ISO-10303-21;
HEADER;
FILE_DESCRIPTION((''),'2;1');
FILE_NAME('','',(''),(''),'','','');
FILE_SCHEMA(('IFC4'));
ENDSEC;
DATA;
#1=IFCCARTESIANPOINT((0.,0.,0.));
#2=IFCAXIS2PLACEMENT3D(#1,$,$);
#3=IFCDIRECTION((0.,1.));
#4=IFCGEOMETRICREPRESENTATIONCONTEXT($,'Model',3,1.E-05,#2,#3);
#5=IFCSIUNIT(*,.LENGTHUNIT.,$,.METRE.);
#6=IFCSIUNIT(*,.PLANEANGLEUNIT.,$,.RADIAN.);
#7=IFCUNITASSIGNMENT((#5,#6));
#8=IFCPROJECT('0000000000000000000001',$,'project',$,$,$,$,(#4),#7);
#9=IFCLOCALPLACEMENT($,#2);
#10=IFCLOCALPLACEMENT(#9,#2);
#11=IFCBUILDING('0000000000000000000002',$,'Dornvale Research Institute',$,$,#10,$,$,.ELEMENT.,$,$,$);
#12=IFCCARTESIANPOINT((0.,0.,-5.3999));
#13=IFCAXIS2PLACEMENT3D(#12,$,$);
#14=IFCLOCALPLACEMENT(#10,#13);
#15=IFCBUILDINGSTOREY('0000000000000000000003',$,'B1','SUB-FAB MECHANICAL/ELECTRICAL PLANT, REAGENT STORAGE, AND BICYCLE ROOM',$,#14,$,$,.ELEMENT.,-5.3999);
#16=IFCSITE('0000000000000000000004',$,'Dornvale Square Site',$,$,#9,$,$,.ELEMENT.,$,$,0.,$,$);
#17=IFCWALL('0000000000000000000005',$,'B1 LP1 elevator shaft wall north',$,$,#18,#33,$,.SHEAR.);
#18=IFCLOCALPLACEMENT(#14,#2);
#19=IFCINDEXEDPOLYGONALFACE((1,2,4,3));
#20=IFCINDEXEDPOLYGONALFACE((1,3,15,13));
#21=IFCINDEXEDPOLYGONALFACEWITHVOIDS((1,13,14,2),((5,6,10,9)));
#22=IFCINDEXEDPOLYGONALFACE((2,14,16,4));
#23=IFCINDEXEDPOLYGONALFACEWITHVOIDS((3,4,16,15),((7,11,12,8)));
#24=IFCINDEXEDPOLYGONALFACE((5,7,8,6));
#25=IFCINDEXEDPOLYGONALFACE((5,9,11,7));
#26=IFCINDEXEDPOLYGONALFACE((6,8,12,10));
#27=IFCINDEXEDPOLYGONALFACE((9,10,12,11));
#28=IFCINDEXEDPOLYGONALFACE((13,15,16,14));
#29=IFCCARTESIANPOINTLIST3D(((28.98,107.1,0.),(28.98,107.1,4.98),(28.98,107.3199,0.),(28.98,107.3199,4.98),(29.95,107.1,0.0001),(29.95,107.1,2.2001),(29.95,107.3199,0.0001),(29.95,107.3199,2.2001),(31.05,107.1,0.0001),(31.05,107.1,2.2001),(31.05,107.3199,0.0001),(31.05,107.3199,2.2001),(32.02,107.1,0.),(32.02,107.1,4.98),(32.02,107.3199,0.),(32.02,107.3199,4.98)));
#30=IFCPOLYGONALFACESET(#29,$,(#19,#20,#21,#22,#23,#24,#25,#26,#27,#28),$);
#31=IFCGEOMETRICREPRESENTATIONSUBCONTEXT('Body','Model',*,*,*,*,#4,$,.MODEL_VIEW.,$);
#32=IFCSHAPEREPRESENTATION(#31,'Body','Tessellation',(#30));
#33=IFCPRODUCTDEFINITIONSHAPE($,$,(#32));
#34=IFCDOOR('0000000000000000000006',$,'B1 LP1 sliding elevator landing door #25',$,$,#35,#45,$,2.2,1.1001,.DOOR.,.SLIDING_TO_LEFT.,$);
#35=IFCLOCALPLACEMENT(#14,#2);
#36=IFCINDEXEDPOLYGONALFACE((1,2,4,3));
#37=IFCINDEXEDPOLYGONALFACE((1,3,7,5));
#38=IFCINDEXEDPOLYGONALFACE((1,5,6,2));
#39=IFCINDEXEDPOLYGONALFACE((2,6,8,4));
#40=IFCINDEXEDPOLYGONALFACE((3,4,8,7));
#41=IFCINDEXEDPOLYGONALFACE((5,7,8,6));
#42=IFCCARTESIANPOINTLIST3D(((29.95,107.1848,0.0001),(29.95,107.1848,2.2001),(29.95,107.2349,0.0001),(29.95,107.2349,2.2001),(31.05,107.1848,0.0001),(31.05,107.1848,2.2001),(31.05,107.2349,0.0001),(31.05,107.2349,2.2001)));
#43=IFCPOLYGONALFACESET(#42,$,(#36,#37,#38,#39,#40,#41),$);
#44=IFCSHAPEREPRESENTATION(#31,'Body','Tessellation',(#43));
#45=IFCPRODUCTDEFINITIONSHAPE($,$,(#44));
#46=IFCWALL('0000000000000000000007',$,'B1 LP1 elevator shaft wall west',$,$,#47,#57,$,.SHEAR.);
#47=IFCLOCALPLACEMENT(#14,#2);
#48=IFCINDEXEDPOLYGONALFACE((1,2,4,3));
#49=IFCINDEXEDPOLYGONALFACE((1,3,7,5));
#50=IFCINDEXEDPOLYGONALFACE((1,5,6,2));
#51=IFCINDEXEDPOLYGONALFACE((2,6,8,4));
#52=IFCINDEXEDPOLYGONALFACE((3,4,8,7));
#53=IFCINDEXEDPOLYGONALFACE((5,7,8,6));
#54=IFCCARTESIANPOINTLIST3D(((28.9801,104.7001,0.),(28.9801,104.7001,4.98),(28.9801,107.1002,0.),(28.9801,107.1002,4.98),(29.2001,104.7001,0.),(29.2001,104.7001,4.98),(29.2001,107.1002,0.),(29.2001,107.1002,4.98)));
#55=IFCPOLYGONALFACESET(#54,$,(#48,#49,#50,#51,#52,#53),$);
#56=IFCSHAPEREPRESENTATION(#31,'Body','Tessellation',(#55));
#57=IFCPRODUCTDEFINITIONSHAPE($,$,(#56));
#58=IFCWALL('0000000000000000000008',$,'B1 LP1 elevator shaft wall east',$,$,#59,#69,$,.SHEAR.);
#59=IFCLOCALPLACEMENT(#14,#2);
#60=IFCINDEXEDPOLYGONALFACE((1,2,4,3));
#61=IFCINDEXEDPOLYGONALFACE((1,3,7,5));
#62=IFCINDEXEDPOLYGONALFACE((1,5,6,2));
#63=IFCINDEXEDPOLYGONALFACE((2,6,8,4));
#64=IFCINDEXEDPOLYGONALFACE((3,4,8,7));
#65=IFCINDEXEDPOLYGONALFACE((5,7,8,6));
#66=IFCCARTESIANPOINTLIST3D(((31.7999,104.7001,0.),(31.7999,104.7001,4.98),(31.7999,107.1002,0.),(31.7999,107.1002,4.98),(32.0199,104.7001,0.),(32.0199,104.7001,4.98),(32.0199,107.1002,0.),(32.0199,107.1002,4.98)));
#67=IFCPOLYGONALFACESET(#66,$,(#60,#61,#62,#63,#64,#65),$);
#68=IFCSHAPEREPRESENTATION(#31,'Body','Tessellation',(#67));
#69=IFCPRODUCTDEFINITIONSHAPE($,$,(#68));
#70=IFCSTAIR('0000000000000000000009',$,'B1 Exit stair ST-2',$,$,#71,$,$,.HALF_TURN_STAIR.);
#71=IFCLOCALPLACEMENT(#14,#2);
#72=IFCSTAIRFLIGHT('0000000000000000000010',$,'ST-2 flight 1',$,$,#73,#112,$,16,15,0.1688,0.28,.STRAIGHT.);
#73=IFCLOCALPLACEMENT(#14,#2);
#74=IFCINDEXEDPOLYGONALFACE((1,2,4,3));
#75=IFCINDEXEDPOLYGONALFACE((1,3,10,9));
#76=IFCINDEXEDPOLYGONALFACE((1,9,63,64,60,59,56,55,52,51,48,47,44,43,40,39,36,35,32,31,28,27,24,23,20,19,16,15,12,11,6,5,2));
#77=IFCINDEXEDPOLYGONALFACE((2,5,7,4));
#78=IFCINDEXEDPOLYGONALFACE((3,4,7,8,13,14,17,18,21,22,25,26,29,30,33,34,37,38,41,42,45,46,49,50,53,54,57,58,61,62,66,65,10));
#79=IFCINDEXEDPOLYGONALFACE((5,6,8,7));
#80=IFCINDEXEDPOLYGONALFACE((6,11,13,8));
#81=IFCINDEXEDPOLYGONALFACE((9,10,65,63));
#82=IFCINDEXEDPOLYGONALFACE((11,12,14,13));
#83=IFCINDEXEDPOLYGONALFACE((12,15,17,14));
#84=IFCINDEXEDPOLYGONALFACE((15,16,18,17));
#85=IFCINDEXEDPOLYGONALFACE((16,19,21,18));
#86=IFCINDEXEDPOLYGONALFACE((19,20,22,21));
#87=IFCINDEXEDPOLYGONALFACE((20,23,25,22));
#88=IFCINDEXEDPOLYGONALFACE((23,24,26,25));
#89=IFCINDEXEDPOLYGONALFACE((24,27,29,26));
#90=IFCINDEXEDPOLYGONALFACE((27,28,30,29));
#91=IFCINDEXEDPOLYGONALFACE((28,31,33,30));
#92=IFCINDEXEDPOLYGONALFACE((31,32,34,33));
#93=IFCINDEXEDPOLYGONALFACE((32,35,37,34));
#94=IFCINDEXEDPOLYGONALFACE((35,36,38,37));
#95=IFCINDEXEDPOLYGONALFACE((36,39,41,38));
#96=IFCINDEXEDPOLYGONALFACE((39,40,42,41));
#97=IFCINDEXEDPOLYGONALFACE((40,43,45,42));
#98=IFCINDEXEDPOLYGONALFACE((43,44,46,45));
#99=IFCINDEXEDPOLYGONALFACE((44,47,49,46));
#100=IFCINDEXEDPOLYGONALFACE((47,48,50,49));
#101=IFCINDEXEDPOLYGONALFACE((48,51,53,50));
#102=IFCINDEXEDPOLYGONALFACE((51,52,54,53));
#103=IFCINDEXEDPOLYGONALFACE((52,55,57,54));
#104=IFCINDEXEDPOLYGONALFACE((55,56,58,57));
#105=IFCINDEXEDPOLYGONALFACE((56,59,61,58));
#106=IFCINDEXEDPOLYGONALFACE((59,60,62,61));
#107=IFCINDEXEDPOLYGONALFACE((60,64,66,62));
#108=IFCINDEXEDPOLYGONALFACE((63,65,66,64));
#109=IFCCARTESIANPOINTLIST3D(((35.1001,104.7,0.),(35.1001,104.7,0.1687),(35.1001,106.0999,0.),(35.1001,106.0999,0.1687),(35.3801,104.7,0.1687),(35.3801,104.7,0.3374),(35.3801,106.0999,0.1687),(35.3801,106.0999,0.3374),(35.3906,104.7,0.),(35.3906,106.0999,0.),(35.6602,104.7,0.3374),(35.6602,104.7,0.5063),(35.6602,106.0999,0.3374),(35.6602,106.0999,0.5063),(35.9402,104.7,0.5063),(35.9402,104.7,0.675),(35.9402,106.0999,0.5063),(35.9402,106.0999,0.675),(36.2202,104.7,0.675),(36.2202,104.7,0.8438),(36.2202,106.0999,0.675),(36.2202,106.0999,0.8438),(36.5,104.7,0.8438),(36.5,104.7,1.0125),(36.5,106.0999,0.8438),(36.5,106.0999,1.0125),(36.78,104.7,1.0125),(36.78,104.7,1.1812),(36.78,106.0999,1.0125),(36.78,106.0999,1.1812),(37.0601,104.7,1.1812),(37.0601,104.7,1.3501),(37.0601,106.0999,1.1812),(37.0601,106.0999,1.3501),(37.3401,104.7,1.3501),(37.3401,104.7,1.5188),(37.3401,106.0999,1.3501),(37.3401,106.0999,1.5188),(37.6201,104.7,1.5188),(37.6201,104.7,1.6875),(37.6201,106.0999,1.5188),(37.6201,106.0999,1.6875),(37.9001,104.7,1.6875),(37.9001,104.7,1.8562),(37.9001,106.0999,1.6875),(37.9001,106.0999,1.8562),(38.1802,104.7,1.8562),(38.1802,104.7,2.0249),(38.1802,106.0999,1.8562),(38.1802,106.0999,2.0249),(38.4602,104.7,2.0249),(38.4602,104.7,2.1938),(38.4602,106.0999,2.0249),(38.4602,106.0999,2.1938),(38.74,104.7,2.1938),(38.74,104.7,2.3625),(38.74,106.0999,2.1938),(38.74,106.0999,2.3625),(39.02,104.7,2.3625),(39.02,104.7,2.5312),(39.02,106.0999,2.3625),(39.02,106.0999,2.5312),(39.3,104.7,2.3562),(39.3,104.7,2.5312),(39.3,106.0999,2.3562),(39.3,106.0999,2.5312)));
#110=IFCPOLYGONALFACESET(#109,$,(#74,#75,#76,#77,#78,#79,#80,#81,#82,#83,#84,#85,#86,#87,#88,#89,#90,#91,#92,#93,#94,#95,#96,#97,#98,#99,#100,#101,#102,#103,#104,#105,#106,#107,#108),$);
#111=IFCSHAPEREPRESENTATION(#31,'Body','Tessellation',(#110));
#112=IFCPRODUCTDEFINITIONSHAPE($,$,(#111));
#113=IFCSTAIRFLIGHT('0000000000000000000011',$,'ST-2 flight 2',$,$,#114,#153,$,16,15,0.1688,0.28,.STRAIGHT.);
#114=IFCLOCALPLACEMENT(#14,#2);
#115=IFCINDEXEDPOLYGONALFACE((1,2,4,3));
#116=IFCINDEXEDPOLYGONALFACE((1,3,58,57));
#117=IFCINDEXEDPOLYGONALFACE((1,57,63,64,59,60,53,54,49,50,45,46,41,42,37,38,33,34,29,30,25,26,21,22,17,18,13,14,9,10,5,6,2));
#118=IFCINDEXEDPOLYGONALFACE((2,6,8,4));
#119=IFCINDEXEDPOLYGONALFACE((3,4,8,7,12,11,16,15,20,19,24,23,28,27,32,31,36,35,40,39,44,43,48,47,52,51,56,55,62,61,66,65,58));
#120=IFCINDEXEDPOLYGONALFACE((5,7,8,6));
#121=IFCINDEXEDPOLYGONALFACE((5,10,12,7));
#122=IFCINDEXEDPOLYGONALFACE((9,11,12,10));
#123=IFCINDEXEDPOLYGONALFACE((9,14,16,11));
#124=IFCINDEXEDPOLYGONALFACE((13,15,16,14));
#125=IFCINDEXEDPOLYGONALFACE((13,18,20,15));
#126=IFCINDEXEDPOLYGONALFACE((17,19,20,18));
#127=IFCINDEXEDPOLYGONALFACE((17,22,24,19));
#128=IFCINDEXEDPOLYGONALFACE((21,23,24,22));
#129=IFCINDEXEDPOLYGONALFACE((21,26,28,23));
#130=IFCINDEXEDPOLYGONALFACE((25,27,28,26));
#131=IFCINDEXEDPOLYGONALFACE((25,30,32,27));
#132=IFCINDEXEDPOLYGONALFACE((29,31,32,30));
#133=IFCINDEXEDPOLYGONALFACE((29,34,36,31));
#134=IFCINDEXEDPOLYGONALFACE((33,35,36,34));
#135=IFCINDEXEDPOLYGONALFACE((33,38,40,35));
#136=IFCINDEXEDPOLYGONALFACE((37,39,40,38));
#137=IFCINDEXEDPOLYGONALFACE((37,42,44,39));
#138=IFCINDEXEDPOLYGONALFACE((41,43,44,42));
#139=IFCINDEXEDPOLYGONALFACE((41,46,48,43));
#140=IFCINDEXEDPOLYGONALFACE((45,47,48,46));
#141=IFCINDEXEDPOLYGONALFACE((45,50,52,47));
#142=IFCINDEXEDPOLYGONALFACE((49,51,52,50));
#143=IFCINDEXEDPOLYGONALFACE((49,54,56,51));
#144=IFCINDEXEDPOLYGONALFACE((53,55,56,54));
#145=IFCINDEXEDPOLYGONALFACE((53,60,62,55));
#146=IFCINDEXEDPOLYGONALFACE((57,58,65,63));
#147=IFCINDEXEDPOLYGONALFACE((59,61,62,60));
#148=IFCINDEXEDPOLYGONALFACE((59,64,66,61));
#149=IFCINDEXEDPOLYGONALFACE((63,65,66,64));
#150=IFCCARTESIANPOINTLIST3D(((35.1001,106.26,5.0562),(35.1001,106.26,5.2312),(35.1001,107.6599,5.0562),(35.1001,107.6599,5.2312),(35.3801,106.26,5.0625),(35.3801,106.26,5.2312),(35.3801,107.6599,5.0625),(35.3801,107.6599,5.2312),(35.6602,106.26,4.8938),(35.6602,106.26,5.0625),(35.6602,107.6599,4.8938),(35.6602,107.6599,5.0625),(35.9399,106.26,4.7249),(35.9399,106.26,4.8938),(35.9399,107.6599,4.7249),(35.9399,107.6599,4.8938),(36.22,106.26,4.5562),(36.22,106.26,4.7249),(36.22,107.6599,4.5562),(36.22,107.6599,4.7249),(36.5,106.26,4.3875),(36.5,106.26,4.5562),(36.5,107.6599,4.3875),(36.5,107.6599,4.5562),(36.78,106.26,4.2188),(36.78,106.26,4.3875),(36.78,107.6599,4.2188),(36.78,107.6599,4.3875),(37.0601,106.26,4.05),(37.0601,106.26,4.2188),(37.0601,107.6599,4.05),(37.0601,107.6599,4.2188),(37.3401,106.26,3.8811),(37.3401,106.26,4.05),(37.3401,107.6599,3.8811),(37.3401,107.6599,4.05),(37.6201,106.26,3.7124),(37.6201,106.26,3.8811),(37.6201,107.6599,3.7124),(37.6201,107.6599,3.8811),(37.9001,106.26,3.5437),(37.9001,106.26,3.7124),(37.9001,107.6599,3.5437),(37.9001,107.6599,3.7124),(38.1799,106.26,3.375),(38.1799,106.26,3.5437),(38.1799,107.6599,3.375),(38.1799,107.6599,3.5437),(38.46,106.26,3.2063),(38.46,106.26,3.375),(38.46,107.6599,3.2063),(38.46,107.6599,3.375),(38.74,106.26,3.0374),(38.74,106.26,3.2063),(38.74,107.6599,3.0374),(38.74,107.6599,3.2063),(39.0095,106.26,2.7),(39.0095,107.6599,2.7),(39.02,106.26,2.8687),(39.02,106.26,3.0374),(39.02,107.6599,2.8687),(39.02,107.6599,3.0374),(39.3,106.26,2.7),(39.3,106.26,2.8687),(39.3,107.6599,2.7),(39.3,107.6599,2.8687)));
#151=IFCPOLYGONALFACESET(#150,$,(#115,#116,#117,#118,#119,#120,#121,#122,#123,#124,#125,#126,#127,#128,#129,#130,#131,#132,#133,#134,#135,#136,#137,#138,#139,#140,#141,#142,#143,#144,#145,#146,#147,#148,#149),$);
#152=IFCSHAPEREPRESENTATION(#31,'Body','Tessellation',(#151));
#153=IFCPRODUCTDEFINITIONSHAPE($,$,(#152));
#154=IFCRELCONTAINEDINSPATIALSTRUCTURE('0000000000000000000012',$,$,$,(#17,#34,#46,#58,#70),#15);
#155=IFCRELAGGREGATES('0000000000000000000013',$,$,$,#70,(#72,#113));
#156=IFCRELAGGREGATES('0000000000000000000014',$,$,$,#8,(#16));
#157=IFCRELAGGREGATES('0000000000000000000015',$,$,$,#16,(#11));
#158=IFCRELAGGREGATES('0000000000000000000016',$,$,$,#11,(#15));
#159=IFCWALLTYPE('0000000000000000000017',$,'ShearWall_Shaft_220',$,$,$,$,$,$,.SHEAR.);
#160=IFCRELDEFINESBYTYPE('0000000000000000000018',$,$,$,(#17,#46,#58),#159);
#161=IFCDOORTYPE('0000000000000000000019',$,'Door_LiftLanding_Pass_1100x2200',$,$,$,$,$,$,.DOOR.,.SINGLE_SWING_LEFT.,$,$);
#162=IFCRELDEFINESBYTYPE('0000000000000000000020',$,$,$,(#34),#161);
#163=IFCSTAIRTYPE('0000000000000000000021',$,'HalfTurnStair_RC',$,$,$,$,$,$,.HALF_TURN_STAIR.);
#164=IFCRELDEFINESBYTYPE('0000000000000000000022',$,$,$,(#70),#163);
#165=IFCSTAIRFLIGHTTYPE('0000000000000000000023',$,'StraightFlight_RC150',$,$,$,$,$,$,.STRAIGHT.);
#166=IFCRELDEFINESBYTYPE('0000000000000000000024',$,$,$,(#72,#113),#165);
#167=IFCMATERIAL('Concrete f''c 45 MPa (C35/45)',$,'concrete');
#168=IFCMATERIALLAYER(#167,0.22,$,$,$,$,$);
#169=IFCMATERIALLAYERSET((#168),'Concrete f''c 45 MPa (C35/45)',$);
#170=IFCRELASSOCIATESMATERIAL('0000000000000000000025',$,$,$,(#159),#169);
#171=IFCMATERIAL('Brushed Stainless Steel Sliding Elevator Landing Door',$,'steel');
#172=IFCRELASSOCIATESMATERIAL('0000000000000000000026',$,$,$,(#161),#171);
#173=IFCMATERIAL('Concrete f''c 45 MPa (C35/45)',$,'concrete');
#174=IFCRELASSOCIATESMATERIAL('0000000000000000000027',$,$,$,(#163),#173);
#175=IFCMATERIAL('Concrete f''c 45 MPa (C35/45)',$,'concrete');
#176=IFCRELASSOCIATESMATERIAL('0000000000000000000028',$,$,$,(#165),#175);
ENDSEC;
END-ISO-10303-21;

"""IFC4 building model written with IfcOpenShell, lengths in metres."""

from ifc_helpers import new_model, si_unit, direction, frame, frame_2d, origin, place, context, subcontext, project, spatial, polyline, rectangle, outline, extrude, material, layer, layer_set, type_object, element, fill, aggregate, save


model = new_model("IFC4")

# Units and contexts
model_context = context("Model", 3, precision=1e-05, world=origin(), true_north=direction((0.0, 1.0)))
body_context = subcontext(model_context, "Body", "Model", "MODEL_VIEW")
ifc_project = project(units=[si_unit("LENGTHUNIT", "METRE"), si_unit("PLANEANGLEUNIT", "RADIAN")], contexts=[model_context])

# Site, building, storey
site_placement = place(None, origin())
site = spatial("IfcSite", under=ifc_project, at=site_placement, Name="Dornvale Square Site", CompositionType="ELEMENT", RefElevation=0.0)
building_placement = place(site_placement, origin())
building = spatial("IfcBuilding", under=site, at=building_placement, Name="Dornvale Research Institute", CompositionType="ELEMENT")
storey_placement = place(building_placement, frame((0.0, 0.0, -5.3999)))
storey = spatial("IfcBuildingStorey", under=building, at=storey_placement, Name="B1", Description="SUB-FAB MECHANICAL/ELECTRICAL PLANT, REAGENT STORAGE, AND BICYCLE ROOM", CompositionType="ELEMENT", Elevation=-5.3999)

# Shared definitions
ifc_material_1 = material(Name="Concrete f'c 45 MPa (C35/45)", Category="concrete")
ifc_layer_1 = layer(ifc_material_1, 0.22)
ifc_layer_set_1 = layer_set([ifc_layer_1], Name="Concrete f'c 45 MPa (C35/45)")
wall_type_1 = type_object("IfcWallType", Name="ShearWall_Shaft_220", PredefinedType="SHEAR", material=ifc_layer_set_1)

# Wall, opening, door
wall_1_placement = place(storey_placement, frame((28.98, 107.21, 0.0), z_axis=(0.0, 0.0, 1.0), x_axis=(1.0, 0.0, 0.0)))
wall_1 = element("IfcWall", 1, at=wall_1_placement, inside=storey, type_object=wall_type_1, Name="B1 LP1 elevator shaft wall north", PredefinedType="SHEAR", context=body_context, shape_type="SweptSolid", body=[
    extrude(rectangle(XDim=3.04, YDim=0.22, at=frame_2d((1.52, 0.0))), origin(), (0.0, 0.0, 1.0), 4.98),
])
opening_1_placement = place(wall_1_placement, frame((0.97, 0.0, 0.0)))
opening_1 = element("IfcOpeningElement", 2, at=opening_1_placement, cuts=wall_1, PredefinedType="OPENING", context=body_context, shape_type="SweptSolid", body=[
    extrude(rectangle(XDim=1.1001, YDim=2.2, at=frame_2d((0.55, 1.1001))), frame((0.0, 0.125, 0.0), z_axis=(0.0, -1.0, 0.0), x_axis=(1.0, 0.0, 0.0)), (0.0, 0.0, 1.0), 0.25),
])
ifc_material_2 = material(Name="Brushed Stainless Steel Sliding Elevator Landing Door", Category="steel")
door_type_1 = type_object("IfcDoorType", Name="Door_LiftLanding_Pass_1100x2200", OperationType="SINGLE_SWING_LEFT", PredefinedType="DOOR", material=ifc_material_2)
door_1_placement = place(opening_1_placement, origin())
door_1 = element("IfcDoor", 3, at=door_1_placement, inside=storey, type_object=door_type_1, Name="B1 LP1 sliding elevator landing door #25", OperationType="SLIDING_TO_LEFT", OverallHeight=2.2, OverallWidth=1.1001, PredefinedType="DOOR", context=body_context, shape_type="SweptSolid", body=[
    extrude(rectangle(XDim=1.1001, YDim=2.2, at=frame_2d((0.55, 1.1001))), frame((0.0, 0.0249, 0.0), z_axis=(0.0, -1.0, 0.0), x_axis=(1.0, 0.0, 0.0)), (0.0, 0.0, 1.0), 0.05),
])
fill(opening_1, door_1)

# Walls
for number, where, z_axis, x_axis, name in (
    (4, (29.0901, 104.7, 0.0), (0.0, 0.0, 1.0), (0.0, 1.0, 0.0), "B1 LP1 elevator shaft wall west"),
    (5, (31.9099, 104.7, 0.0), (0.0, 0.0, 1.0), (0.0, 1.0, 0.0), "B1 LP1 elevator shaft wall east"),
):
    element("IfcWall", number, at=place(storey_placement, frame(where, z_axis=z_axis, x_axis=x_axis)), inside=storey, type_object=wall_type_1, Name=name, PredefinedType="SHEAR", context=body_context, shape_type="SweptSolid", body=[
        extrude(rectangle(XDim=2.4001, YDim=0.22, at=frame_2d((1.2002, 0.0))), origin(), (0.0, 0.0, 1.0), 4.98),
    ])

# Stair, stair flights
ifc_material_3 = material(Name="Concrete f'c 45 MPa (C35/45)", Category="concrete")
stair_type = type_object("IfcStairType", Name="HalfTurnStair_RC", PredefinedType="HALF_TURN_STAIR", material=ifc_material_3)
stair_placement = place(storey_placement, origin())
stair = element("IfcStair", 6, at=stair_placement, inside=storey, type_object=stair_type, Name="B1 Exit stair ST-2", PredefinedType="HALF_TURN_STAIR")
ifc_material_4 = material(Name="Concrete f'c 45 MPa (C35/45)", Category="concrete")
stair_flight_type = type_object("IfcStairFlightType", Name="StraightFlight_RC150", PredefinedType="STRAIGHT", material=ifc_material_4)
stair_flight_1_placement = place(storey_placement, frame((35.1001, 105.3999, 0.0), z_axis=(0.0, 0.0, 1.0), x_axis=(1.0, 0.0, 0.0)))
stair_flight_1 = element("IfcStairFlight", 7, at=stair_flight_1_placement, type_object=stair_flight_type, Name="ST-2 flight 1", NumberOfRisers=16, NumberOfTreads=15, PredefinedType="STRAIGHT", RiserHeight=0.1688, TreadLength=0.28, context=body_context, shape_type="SweptSolid", body=[
    extrude(outline(polyline([(0.0, 0.0), (0.0, 0.1687), (0.28, 0.1687), (0.28, 0.3374), (0.5601, 0.3374), (0.5601, 0.5063), (0.8401, 0.5063), (0.8401, 0.675), (1.1201, 0.675), (1.1201, 0.8438), (1.3999, 0.8438), (1.3999, 1.0125), (1.6799, 1.0125), (1.6799, 1.1812), (1.96, 1.1812), (1.96, 1.3501), (2.24, 1.3501), (2.24, 1.5188), (2.52, 1.5188), (2.52, 1.6875), (2.8, 1.6875), (2.8, 1.8562), (3.0801, 1.8562), (3.0801, 2.0249), (3.3601, 2.0249), (3.3601, 2.1938), (3.6399, 2.1938), (3.6399, 2.3625), (3.9199, 2.3625), (3.9199, 2.5312), (4.2, 2.5312), (4.2, 2.7), (4.2, 2.3562), (0.2905, 0.0), (0.0, 0.0)])), frame((0.0, 0.7, 0.0), z_axis=(0.0, -1.0, 0.0), x_axis=(1.0, 0.0, 0.0)), (0.0, 0.0, 1.0), 1.3999),
])
stair_flight_2_placement = place(storey_placement, frame((39.3, 106.96, 2.7), z_axis=(0.0, 0.0, 1.0), x_axis=(-1.0, 0.0, 0.0)))
stair_flight_2 = element("IfcStairFlight", 8, at=stair_flight_2_placement, type_object=stair_flight_type, Name="ST-2 flight 2", NumberOfRisers=16, NumberOfTreads=15, PredefinedType="STRAIGHT", RiserHeight=0.1688, TreadLength=0.28, context=body_context, shape_type="SweptSolid", body=[
    extrude(outline(polyline([(0.0, 0.0), (0.0, 0.1687), (0.28, 0.1687), (0.28, 0.3374), (0.5601, 0.3374), (0.5601, 0.5063), (0.8401, 0.5063), (0.8401, 0.675), (1.1201, 0.675), (1.1201, 0.8438), (1.3999, 0.8438), (1.3999, 1.0125), (1.6799, 1.0125), (1.6799, 1.1812), (1.96, 1.1812), (1.96, 1.3501), (2.24, 1.3501), (2.24, 1.5188), (2.52, 1.5188), (2.52, 1.6875), (2.8, 1.6875), (2.8, 1.8562), (3.0801, 1.8562), (3.0801, 2.0249), (3.3601, 2.0249), (3.3601, 2.1938), (3.6399, 2.1938), (3.6399, 2.3625), (3.9199, 2.3625), (3.9199, 2.5312), (4.2, 2.5312), (4.2, 2.7), (4.2, 2.3562), (0.2905, 0.0), (0.0, 0.0)])), frame((0.0, 0.7, 0.0), z_axis=(0.0, -1.0, 0.0), x_axis=(1.0, 0.0, 0.0)), (0.0, 0.0, 1.0), 1.3999),
])
aggregate(stair, [stair_flight_1, stair_flight_2])

save(model, "model.ifc")
